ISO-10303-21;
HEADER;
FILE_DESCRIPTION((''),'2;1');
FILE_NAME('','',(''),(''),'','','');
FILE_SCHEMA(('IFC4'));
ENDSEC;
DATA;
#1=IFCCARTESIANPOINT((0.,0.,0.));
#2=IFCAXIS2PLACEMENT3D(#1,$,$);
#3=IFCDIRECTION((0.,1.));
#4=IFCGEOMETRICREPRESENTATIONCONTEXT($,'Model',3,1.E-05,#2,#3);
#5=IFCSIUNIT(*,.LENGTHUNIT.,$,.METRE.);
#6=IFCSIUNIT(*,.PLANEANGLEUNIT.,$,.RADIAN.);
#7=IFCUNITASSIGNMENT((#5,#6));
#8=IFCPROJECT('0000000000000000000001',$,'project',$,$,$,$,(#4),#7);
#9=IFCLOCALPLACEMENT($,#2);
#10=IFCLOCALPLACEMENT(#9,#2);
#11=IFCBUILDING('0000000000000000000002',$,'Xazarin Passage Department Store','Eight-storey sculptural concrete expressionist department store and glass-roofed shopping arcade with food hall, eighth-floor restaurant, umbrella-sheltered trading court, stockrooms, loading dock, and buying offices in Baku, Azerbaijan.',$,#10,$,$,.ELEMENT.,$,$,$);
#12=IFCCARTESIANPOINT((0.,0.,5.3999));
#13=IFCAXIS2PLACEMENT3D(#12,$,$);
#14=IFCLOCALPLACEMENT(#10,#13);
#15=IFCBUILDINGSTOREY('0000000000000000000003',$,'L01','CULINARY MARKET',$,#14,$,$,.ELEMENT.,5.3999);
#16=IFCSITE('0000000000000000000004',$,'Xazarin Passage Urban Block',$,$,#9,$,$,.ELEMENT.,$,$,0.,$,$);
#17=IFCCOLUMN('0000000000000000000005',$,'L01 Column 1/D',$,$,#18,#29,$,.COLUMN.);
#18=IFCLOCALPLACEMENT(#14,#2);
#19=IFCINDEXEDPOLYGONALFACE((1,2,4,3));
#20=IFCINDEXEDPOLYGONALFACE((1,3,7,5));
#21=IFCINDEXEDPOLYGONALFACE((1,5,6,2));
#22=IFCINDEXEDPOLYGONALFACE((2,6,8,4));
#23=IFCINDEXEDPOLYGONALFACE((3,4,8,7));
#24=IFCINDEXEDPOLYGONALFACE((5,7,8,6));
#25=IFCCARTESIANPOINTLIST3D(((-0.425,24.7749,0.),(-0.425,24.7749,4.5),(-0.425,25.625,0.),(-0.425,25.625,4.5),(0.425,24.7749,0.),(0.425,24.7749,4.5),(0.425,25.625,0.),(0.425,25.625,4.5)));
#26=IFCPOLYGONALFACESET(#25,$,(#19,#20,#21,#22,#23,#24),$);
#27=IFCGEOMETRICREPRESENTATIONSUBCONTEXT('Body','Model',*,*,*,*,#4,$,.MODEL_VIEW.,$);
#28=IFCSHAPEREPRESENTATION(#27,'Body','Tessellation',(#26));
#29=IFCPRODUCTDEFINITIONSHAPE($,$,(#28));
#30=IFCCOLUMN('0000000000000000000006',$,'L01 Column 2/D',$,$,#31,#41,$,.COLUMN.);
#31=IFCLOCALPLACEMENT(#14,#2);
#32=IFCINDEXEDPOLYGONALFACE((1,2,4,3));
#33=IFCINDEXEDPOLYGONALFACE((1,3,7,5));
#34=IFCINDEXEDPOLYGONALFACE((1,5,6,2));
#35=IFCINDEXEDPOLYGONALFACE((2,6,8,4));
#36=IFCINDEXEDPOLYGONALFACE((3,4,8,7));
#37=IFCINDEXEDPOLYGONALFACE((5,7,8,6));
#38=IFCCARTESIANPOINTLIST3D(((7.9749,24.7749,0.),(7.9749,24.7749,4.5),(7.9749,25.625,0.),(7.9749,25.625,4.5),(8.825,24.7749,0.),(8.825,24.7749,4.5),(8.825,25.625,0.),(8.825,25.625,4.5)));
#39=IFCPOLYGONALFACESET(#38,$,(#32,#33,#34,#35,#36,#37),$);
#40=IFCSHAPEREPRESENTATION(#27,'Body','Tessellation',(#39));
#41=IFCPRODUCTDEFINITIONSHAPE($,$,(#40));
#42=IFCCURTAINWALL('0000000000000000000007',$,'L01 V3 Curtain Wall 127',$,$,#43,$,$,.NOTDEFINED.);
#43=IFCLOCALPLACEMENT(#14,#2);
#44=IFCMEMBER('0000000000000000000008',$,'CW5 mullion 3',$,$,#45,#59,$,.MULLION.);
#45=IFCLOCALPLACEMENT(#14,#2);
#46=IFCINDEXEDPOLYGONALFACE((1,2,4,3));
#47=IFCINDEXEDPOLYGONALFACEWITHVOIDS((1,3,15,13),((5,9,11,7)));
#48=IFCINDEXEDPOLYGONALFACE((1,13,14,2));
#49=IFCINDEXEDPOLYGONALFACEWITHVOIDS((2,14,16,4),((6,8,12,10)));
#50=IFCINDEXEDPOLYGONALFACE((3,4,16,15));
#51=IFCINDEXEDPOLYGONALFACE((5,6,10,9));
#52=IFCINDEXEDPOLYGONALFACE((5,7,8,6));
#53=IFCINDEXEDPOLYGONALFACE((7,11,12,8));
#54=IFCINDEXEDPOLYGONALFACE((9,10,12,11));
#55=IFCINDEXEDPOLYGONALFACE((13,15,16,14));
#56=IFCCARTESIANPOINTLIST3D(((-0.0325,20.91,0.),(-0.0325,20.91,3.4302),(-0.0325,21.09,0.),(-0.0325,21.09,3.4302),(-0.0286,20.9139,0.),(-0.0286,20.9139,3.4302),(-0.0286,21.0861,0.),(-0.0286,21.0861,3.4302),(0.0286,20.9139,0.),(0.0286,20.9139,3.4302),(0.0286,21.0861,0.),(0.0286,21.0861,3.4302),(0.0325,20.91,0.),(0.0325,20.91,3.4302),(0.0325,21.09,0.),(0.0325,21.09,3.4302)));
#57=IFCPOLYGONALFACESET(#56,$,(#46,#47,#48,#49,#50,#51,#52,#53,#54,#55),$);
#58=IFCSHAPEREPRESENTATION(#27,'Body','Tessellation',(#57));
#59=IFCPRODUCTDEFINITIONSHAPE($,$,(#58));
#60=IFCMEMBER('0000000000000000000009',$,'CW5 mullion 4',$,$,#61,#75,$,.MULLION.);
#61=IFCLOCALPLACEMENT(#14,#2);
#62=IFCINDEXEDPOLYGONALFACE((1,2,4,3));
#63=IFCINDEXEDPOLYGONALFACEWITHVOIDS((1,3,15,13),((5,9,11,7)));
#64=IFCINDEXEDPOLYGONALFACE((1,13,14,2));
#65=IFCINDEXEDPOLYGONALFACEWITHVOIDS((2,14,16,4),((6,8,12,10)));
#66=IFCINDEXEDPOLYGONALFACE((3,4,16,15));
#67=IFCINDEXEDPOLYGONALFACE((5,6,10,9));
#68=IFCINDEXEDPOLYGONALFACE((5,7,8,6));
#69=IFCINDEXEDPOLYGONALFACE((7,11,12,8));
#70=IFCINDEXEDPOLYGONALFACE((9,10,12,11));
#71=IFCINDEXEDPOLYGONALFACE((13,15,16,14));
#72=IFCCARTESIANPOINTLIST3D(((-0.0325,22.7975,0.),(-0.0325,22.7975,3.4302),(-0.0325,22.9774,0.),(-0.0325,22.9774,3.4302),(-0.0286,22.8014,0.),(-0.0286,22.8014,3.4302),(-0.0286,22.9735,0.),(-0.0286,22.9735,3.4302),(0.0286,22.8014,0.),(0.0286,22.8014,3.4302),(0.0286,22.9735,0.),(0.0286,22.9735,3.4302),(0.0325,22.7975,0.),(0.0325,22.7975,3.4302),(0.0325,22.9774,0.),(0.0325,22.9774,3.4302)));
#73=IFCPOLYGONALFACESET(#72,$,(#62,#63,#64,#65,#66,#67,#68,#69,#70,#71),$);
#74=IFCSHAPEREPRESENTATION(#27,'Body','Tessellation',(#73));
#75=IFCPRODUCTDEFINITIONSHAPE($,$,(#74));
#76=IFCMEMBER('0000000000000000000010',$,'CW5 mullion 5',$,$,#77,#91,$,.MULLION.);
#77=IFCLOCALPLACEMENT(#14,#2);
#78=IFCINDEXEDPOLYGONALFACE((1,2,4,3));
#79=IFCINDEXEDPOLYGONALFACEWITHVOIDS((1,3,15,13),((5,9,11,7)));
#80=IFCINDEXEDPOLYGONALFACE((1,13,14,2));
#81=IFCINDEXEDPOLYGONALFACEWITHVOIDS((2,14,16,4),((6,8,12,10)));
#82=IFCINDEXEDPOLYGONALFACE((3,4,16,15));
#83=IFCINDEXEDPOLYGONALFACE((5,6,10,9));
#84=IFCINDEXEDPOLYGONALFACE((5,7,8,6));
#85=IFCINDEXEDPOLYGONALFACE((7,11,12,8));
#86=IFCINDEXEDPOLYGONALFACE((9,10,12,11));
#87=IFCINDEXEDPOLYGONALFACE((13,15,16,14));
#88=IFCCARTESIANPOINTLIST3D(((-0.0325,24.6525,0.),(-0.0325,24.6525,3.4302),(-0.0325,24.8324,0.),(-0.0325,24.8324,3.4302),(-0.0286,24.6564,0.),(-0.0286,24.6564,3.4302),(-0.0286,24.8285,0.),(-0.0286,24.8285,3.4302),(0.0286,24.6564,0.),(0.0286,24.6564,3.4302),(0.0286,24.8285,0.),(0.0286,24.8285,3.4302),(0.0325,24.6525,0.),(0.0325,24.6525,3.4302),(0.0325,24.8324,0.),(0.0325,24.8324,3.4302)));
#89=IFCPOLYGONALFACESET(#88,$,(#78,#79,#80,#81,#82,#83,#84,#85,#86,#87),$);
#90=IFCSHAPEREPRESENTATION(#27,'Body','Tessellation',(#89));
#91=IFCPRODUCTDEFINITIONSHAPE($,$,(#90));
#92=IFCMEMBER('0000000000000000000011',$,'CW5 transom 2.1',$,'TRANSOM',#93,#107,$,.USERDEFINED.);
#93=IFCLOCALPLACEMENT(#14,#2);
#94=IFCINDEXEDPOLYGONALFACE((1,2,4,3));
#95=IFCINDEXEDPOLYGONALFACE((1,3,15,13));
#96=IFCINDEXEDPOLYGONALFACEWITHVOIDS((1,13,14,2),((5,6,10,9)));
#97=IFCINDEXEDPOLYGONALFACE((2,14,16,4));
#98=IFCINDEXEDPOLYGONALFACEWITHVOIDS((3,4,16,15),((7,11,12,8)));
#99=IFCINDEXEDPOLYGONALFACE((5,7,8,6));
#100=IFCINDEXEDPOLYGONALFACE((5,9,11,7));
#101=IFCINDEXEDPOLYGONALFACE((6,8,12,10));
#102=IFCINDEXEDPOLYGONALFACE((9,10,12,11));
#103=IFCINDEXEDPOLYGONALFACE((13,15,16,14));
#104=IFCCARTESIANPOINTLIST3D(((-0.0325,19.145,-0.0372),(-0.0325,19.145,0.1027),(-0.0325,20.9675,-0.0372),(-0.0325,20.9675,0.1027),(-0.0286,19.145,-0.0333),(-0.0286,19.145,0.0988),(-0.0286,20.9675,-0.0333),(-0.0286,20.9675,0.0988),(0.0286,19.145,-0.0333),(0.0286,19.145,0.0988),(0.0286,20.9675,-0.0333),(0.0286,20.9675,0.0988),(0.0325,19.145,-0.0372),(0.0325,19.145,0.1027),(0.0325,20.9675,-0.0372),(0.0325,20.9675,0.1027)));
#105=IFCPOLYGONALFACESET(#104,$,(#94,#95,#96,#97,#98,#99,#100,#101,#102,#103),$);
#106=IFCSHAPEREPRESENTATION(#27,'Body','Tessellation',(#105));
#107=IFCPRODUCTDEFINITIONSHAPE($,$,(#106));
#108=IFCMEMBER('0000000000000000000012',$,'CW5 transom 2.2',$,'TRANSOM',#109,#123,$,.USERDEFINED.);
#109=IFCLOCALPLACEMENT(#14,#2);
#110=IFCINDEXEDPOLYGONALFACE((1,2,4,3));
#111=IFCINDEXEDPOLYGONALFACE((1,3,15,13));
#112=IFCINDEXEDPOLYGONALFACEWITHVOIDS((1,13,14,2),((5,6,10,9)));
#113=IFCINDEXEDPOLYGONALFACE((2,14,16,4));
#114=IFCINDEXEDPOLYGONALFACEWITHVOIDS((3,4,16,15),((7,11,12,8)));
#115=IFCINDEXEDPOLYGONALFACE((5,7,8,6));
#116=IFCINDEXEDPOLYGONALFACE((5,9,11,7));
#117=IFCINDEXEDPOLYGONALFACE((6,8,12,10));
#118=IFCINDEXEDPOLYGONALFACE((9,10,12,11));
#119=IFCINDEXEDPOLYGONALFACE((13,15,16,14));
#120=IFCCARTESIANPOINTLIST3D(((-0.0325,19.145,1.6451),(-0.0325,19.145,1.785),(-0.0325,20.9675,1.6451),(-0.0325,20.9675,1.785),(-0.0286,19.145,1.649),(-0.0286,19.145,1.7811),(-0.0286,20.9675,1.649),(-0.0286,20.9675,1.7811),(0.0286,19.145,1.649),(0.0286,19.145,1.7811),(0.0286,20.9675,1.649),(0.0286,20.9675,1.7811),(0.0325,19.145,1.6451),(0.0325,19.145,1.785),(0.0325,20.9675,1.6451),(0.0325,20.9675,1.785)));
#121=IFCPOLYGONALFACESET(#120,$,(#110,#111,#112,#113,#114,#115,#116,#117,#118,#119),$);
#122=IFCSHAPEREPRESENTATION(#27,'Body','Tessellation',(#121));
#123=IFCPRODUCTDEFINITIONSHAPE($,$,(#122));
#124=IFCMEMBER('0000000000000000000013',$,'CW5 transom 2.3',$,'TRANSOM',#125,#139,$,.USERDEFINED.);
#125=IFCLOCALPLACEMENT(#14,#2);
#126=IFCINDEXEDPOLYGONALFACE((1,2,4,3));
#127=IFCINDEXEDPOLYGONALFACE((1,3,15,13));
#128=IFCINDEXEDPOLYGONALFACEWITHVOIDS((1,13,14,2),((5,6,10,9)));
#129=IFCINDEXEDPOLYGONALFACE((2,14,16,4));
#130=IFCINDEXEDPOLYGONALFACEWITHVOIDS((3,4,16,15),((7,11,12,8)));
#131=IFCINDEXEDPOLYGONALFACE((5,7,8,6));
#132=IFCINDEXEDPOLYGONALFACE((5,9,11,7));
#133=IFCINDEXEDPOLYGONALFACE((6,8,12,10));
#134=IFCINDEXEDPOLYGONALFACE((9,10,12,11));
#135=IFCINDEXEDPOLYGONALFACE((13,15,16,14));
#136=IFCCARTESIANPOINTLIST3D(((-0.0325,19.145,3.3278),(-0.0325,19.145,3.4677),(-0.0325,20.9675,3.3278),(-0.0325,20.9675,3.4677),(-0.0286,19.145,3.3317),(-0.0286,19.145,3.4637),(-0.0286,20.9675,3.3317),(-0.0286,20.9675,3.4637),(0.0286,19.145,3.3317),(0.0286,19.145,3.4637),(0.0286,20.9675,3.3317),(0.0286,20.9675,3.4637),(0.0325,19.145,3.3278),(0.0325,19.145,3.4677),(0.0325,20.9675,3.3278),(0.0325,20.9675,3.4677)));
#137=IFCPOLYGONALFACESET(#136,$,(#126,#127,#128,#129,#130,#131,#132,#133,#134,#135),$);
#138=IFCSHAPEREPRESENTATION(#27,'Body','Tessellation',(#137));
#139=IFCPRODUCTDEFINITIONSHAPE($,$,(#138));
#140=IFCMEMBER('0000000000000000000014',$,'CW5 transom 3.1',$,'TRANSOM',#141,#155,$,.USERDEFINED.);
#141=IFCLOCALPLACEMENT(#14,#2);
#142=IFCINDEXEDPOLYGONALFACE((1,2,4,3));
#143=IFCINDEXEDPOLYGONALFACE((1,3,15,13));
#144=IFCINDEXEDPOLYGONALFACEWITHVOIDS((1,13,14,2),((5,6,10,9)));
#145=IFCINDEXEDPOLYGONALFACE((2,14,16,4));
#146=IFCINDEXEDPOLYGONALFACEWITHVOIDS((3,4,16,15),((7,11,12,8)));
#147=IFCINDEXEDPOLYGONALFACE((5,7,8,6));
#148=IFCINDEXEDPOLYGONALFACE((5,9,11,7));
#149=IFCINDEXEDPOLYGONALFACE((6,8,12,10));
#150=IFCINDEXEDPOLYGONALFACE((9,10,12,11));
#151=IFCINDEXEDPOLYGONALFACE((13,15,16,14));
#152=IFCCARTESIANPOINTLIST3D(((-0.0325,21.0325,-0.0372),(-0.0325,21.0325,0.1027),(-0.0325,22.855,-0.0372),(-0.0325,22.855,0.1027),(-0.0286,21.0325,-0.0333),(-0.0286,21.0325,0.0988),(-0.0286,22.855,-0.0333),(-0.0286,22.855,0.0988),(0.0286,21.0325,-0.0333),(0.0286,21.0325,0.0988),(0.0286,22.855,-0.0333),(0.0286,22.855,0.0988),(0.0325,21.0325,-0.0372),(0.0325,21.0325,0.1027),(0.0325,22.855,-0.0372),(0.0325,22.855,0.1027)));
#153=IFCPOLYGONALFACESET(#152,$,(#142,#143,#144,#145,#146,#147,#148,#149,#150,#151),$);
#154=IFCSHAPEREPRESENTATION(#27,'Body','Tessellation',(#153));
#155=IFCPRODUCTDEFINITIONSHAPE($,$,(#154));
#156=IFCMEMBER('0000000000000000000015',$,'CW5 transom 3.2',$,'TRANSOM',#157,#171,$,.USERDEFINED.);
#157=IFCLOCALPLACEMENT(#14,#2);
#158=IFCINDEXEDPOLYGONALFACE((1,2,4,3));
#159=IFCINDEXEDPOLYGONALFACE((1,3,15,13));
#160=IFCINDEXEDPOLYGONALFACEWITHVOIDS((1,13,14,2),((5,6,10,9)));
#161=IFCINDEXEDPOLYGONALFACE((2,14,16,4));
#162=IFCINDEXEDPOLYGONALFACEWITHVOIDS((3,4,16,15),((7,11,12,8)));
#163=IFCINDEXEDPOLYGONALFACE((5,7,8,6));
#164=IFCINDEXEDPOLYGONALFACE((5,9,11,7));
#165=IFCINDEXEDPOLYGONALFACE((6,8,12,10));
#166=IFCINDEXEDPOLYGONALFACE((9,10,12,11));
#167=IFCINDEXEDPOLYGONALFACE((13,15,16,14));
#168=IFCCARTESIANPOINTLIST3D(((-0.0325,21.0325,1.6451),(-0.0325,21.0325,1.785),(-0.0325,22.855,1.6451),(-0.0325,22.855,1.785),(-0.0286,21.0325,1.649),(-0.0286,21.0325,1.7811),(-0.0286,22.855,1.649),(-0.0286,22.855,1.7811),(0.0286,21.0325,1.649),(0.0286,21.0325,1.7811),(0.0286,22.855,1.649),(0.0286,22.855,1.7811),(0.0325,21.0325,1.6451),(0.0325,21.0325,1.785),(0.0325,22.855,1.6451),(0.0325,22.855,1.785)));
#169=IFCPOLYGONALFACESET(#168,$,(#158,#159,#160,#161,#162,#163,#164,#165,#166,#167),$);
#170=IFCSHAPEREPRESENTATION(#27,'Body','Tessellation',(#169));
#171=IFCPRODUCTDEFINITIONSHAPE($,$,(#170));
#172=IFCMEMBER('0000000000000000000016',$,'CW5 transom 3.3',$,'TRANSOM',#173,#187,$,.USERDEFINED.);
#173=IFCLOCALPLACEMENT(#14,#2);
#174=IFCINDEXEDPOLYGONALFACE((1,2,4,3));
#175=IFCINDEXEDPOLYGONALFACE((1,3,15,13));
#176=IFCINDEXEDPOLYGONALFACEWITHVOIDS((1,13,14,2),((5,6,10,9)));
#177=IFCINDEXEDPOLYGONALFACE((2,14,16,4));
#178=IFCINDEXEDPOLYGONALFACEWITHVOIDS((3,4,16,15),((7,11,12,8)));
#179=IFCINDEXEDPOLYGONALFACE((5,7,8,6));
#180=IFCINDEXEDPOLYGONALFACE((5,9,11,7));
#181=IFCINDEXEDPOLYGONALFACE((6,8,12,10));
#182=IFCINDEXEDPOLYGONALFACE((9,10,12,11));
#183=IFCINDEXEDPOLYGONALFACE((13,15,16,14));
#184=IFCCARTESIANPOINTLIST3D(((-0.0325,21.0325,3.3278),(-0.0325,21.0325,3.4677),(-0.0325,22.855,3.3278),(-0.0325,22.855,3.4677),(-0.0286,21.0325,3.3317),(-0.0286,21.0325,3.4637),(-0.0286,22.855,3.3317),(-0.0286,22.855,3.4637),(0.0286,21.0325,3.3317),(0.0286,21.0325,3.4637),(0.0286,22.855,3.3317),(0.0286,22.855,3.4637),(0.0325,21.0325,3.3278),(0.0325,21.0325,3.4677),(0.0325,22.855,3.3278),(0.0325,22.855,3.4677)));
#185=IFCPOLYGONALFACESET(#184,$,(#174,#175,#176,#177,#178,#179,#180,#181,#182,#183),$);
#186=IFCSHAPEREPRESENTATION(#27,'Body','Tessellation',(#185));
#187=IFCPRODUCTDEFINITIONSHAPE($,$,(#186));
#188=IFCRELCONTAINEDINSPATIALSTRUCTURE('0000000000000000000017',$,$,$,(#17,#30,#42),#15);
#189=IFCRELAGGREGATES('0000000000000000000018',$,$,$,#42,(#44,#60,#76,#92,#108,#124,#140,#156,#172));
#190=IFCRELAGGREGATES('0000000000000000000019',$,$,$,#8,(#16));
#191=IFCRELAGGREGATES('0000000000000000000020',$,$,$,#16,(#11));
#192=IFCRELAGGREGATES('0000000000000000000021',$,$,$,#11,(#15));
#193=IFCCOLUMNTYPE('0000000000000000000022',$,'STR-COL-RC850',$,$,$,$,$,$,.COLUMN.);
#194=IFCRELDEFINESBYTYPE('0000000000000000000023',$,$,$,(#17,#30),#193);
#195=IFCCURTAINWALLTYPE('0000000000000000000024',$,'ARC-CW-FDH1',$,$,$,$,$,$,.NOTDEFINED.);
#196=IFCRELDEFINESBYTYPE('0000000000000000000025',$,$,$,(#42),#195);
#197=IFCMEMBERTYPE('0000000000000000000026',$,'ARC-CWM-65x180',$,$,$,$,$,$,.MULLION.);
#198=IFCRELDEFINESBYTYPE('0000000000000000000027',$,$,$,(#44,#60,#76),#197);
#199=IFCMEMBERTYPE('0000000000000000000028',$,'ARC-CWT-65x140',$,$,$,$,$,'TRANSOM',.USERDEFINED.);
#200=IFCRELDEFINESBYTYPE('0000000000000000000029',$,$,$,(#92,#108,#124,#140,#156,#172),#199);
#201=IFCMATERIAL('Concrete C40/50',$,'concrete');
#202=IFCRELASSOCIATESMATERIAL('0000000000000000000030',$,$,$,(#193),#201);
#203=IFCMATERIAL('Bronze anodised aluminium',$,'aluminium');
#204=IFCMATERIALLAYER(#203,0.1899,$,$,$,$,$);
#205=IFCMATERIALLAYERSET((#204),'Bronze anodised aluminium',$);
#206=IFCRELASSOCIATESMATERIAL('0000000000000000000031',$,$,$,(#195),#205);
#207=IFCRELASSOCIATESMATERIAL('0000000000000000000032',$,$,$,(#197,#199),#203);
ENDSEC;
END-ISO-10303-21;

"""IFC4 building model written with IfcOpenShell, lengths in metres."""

from ifc_helpers import new_model, si_unit, direction, frame, origin, origin_2d, place, context, subcontext, project, spatial, rectangle, hollow_rectangle, extrude, material, layer, layer_set, material_profile, profile_set, type_object, element, aggregate, save


model = new_model("IFC4")

# Units and contexts
model_context = context("Model", 3, precision=1e-05, world=origin(), true_north=direction((0.0, 1.0)))
body_context = subcontext(model_context, "Body", "Model", "MODEL_VIEW")
ifc_project = project(units=[si_unit("LENGTHUNIT", "METRE"), si_unit("PLANEANGLEUNIT", "RADIAN")], contexts=[model_context])

# Site, building, storey
site_placement = place(None, origin())
site = spatial("IfcSite", under=ifc_project, at=site_placement, Name="Xazarin Passage Urban Block", CompositionType="ELEMENT", RefElevation=0.0)
building_placement = place(site_placement, origin())
building = spatial("IfcBuilding", under=site, at=building_placement, Name="Xazarin Passage Department Store", Description="Eight-storey sculptural concrete expressionist department store and glass-roofed shopping arcade with food hall, eighth-floor restaurant, umbrella-sheltered trading court, stockrooms, loading dock, and buying offices in Baku, Azerbaijan.", CompositionType="ELEMENT")
storey_placement = place(building_placement, frame((0.0, 0.0, 5.3999)))
storey = spatial("IfcBuildingStorey", under=building, at=storey_placement, Name="L01", Description="CULINARY MARKET", CompositionType="ELEMENT", Elevation=5.3999)

# Columns
ifc_material_1 = material(Name="Concrete C40/50", Category="concrete")
ifc_material_profile_1 = material_profile(ifc_material_1, rectangle(XDim=0.8501, YDim=0.8501, at=origin_2d()), Name="RC 850x850")
ifc_profile_set_1 = profile_set([ifc_material_profile_1], Name="Concrete C40/50")
column_type = type_object("IfcColumnType", Name="STR-COL-RC850", PredefinedType="COLUMN", material=ifc_profile_set_1)
for number, where, z_axis, x_axis, name in (
    (1, (0.0, 25.2, 0.0), (0.0, 0.0, 1.0), (1.0, 0.0, 0.0), "L01 Column 1/D"),
    (2, (8.3999, 25.2, 0.0), (0.0, 0.0, 1.0), (1.0, 0.0, 0.0), "L01 Column 2/D"),
):
    element("IfcColumn", number, at=place(storey_placement, frame(where, z_axis=z_axis, x_axis=x_axis)), inside=storey, type_object=column_type, Name=name, PredefinedType="COLUMN", context=body_context, shape_type="SweptSolid", body=[
        extrude(rectangle(XDim=0.8501, YDim=0.8501, at=origin_2d()), origin(), (0.0, 0.0, 1.0), 4.5),
    ])

# Curtain wall, members
ifc_material_2 = material(Name="Bronze anodised aluminium", Category="aluminium")
ifc_layer_1 = layer(ifc_material_2, 0.1899)
ifc_layer_set_1 = layer_set([ifc_layer_1], Name="Bronze anodised aluminium")
curtain_wall_type = type_object("IfcCurtainWallType", Name="ARC-CW-FDH1", PredefinedType="NOTDEFINED", material=ifc_layer_set_1)
curtain_wall_placement = place(storey_placement, origin())
curtain_wall = element("IfcCurtainWall", 3, at=curtain_wall_placement, inside=storey, type_object=curtain_wall_type, Name="L01 V3 Curtain Wall 127", PredefinedType="NOTDEFINED")
ifc_material_profile_2 = material_profile(ifc_material_2, hollow_rectangle(XDim=0.0649, YDim=0.1799, WallThickness=0.0039, at=origin_2d()), Name="ALU 65x180")
ifc_profile_set_2 = profile_set([ifc_material_profile_2], Name="Bronze anodised aluminium")
member_type_1 = type_object("IfcMemberType", Name="ARC-CWM-65x180", PredefinedType="MULLION", material=ifc_profile_set_2)
member_1_placement = place(storey_placement, frame((0.0, 21.0, 0.0), z_axis=(0.0, 0.0, 1.0), x_axis=(-1.0, 0.0, 0.0)))
member_1 = element("IfcMember", 4, at=member_1_placement, type_object=member_type_1, Name="CW5 mullion 3", PredefinedType="MULLION", context=body_context, shape_type="SweptSolid", body=[
    extrude(hollow_rectangle(XDim=0.0649, YDim=0.1799, WallThickness=0.0039, at=origin_2d()), origin(), (0.0, 0.0, 1.0), 3.4302),
])
member_2_placement = place(storey_placement, frame((0.0, 22.8875, 0.0), z_axis=(0.0, 0.0, 1.0), x_axis=(-1.0, 0.0, 0.0)))
member_2 = element("IfcMember", 5, at=member_2_placement, type_object=member_type_1, Name="CW5 mullion 4", PredefinedType="MULLION", context=body_context, shape_type="SweptSolid", body=[
    extrude(hollow_rectangle(XDim=0.0649, YDim=0.1799, WallThickness=0.0039, at=origin_2d()), origin(), (0.0, 0.0, 1.0), 3.4302),
])
member_3_placement = place(storey_placement, frame((0.0, 24.7424, 0.0), z_axis=(0.0, 0.0, 1.0), x_axis=(-1.0, 0.0, 0.0)))
member_3 = element("IfcMember", 6, at=member_3_placement, type_object=member_type_1, Name="CW5 mullion 5", PredefinedType="MULLION", context=body_context, shape_type="SweptSolid", body=[
    extrude(hollow_rectangle(XDim=0.0649, YDim=0.1799, WallThickness=0.0039, at=origin_2d()), origin(), (0.0, 0.0, 1.0), 3.4302),
])
ifc_material_profile_3 = material_profile(ifc_material_2, hollow_rectangle(XDim=0.0649, YDim=0.1399, WallThickness=0.0039, at=origin_2d()), Name="ALU 65x140")
ifc_profile_set_3 = profile_set([ifc_material_profile_3], Name="Bronze anodised aluminium")
member_type_2 = type_object("IfcMemberType", Name="ARC-CWT-65x140", ElementType="TRANSOM", PredefinedType="USERDEFINED", material=ifc_profile_set_3)
member_4_placement = place(storey_placement, frame((0.0, 19.145, 0.0327), z_axis=(0.0, 1.0, 0.0), x_axis=(-1.0, 0.0, 0.0)))
member_4 = element("IfcMember", 7, at=member_4_placement, type_object=member_type_2, Name="CW5 transom 2.1", ObjectType="TRANSOM", PredefinedType="USERDEFINED", context=body_context, shape_type="SweptSolid", body=[
    extrude(hollow_rectangle(XDim=0.0649, YDim=0.1399, WallThickness=0.0039, at=origin_2d()), origin(), (0.0, 0.0, 1.0), 1.8225),
])
member_5_placement = place(storey_placement, frame((0.0, 19.145, 1.7151), z_axis=(0.0, 1.0, 0.0), x_axis=(-1.0, 0.0, 0.0)))
member_5 = element("IfcMember", 8, at=member_5_placement, type_object=member_type_2, Name="CW5 transom 2.2", ObjectType="TRANSOM", PredefinedType="USERDEFINED", context=body_context, shape_type="SweptSolid", body=[
    extrude(hollow_rectangle(XDim=0.0649, YDim=0.1399, WallThickness=0.0039, at=origin_2d()), origin(), (0.0, 0.0, 1.0), 1.8225),
])
member_6_placement = place(storey_placement, frame((0.0, 19.145, 3.3977), z_axis=(0.0, 1.0, 0.0), x_axis=(-1.0, 0.0, 0.0)))
member_6 = element("IfcMember", 9, at=member_6_placement, type_object=member_type_2, Name="CW5 transom 2.3", ObjectType="TRANSOM", PredefinedType="USERDEFINED", context=body_context, shape_type="SweptSolid", body=[
    extrude(hollow_rectangle(XDim=0.0649, YDim=0.1399, WallThickness=0.0039, at=origin_2d()), origin(), (0.0, 0.0, 1.0), 1.8225),
])
member_7_placement = place(storey_placement, frame((0.0, 21.0325, 0.0327), z_axis=(0.0, 1.0, 0.0), x_axis=(-1.0, 0.0, 0.0)))
member_7 = element("IfcMember", 10, at=member_7_placement, type_object=member_type_2, Name="CW5 transom 3.1", ObjectType="TRANSOM", PredefinedType="USERDEFINED", context=body_context, shape_type="SweptSolid", body=[
    extrude(hollow_rectangle(XDim=0.0649, YDim=0.1399, WallThickness=0.0039, at=origin_2d()), origin(), (0.0, 0.0, 1.0), 1.8225),
])
member_8_placement = place(storey_placement, frame((0.0, 21.0325, 1.7151), z_axis=(0.0, 1.0, 0.0), x_axis=(-1.0, 0.0, 0.0)))
member_8 = element("IfcMember", 11, at=member_8_placement, type_object=member_type_2, Name="CW5 transom 3.2", ObjectType="TRANSOM", PredefinedType="USERDEFINED", context=body_context, shape_type="SweptSolid", body=[
    extrude(hollow_rectangle(XDim=0.0649, YDim=0.1399, WallThickness=0.0039, at=origin_2d()), origin(), (0.0, 0.0, 1.0), 1.8225),
])
member_9_placement = place(storey_placement, frame((0.0, 21.0325, 3.3977), z_axis=(0.0, 1.0, 0.0), x_axis=(-1.0, 0.0, 0.0)))
member_9 = element("IfcMember", 12, at=member_9_placement, type_object=member_type_2, Name="CW5 transom 3.3", ObjectType="TRANSOM", PredefinedType="USERDEFINED", context=body_context, shape_type="SweptSolid", body=[
    extrude(hollow_rectangle(XDim=0.0649, YDim=0.1399, WallThickness=0.0039, at=origin_2d()), origin(), (0.0, 0.0, 1.0), 1.8225),
])

aggregate(curtain_wall, [member_1, member_2, member_3, member_4, member_5, member_6, member_7, member_8, member_9])

save(model, "model.ifc")
